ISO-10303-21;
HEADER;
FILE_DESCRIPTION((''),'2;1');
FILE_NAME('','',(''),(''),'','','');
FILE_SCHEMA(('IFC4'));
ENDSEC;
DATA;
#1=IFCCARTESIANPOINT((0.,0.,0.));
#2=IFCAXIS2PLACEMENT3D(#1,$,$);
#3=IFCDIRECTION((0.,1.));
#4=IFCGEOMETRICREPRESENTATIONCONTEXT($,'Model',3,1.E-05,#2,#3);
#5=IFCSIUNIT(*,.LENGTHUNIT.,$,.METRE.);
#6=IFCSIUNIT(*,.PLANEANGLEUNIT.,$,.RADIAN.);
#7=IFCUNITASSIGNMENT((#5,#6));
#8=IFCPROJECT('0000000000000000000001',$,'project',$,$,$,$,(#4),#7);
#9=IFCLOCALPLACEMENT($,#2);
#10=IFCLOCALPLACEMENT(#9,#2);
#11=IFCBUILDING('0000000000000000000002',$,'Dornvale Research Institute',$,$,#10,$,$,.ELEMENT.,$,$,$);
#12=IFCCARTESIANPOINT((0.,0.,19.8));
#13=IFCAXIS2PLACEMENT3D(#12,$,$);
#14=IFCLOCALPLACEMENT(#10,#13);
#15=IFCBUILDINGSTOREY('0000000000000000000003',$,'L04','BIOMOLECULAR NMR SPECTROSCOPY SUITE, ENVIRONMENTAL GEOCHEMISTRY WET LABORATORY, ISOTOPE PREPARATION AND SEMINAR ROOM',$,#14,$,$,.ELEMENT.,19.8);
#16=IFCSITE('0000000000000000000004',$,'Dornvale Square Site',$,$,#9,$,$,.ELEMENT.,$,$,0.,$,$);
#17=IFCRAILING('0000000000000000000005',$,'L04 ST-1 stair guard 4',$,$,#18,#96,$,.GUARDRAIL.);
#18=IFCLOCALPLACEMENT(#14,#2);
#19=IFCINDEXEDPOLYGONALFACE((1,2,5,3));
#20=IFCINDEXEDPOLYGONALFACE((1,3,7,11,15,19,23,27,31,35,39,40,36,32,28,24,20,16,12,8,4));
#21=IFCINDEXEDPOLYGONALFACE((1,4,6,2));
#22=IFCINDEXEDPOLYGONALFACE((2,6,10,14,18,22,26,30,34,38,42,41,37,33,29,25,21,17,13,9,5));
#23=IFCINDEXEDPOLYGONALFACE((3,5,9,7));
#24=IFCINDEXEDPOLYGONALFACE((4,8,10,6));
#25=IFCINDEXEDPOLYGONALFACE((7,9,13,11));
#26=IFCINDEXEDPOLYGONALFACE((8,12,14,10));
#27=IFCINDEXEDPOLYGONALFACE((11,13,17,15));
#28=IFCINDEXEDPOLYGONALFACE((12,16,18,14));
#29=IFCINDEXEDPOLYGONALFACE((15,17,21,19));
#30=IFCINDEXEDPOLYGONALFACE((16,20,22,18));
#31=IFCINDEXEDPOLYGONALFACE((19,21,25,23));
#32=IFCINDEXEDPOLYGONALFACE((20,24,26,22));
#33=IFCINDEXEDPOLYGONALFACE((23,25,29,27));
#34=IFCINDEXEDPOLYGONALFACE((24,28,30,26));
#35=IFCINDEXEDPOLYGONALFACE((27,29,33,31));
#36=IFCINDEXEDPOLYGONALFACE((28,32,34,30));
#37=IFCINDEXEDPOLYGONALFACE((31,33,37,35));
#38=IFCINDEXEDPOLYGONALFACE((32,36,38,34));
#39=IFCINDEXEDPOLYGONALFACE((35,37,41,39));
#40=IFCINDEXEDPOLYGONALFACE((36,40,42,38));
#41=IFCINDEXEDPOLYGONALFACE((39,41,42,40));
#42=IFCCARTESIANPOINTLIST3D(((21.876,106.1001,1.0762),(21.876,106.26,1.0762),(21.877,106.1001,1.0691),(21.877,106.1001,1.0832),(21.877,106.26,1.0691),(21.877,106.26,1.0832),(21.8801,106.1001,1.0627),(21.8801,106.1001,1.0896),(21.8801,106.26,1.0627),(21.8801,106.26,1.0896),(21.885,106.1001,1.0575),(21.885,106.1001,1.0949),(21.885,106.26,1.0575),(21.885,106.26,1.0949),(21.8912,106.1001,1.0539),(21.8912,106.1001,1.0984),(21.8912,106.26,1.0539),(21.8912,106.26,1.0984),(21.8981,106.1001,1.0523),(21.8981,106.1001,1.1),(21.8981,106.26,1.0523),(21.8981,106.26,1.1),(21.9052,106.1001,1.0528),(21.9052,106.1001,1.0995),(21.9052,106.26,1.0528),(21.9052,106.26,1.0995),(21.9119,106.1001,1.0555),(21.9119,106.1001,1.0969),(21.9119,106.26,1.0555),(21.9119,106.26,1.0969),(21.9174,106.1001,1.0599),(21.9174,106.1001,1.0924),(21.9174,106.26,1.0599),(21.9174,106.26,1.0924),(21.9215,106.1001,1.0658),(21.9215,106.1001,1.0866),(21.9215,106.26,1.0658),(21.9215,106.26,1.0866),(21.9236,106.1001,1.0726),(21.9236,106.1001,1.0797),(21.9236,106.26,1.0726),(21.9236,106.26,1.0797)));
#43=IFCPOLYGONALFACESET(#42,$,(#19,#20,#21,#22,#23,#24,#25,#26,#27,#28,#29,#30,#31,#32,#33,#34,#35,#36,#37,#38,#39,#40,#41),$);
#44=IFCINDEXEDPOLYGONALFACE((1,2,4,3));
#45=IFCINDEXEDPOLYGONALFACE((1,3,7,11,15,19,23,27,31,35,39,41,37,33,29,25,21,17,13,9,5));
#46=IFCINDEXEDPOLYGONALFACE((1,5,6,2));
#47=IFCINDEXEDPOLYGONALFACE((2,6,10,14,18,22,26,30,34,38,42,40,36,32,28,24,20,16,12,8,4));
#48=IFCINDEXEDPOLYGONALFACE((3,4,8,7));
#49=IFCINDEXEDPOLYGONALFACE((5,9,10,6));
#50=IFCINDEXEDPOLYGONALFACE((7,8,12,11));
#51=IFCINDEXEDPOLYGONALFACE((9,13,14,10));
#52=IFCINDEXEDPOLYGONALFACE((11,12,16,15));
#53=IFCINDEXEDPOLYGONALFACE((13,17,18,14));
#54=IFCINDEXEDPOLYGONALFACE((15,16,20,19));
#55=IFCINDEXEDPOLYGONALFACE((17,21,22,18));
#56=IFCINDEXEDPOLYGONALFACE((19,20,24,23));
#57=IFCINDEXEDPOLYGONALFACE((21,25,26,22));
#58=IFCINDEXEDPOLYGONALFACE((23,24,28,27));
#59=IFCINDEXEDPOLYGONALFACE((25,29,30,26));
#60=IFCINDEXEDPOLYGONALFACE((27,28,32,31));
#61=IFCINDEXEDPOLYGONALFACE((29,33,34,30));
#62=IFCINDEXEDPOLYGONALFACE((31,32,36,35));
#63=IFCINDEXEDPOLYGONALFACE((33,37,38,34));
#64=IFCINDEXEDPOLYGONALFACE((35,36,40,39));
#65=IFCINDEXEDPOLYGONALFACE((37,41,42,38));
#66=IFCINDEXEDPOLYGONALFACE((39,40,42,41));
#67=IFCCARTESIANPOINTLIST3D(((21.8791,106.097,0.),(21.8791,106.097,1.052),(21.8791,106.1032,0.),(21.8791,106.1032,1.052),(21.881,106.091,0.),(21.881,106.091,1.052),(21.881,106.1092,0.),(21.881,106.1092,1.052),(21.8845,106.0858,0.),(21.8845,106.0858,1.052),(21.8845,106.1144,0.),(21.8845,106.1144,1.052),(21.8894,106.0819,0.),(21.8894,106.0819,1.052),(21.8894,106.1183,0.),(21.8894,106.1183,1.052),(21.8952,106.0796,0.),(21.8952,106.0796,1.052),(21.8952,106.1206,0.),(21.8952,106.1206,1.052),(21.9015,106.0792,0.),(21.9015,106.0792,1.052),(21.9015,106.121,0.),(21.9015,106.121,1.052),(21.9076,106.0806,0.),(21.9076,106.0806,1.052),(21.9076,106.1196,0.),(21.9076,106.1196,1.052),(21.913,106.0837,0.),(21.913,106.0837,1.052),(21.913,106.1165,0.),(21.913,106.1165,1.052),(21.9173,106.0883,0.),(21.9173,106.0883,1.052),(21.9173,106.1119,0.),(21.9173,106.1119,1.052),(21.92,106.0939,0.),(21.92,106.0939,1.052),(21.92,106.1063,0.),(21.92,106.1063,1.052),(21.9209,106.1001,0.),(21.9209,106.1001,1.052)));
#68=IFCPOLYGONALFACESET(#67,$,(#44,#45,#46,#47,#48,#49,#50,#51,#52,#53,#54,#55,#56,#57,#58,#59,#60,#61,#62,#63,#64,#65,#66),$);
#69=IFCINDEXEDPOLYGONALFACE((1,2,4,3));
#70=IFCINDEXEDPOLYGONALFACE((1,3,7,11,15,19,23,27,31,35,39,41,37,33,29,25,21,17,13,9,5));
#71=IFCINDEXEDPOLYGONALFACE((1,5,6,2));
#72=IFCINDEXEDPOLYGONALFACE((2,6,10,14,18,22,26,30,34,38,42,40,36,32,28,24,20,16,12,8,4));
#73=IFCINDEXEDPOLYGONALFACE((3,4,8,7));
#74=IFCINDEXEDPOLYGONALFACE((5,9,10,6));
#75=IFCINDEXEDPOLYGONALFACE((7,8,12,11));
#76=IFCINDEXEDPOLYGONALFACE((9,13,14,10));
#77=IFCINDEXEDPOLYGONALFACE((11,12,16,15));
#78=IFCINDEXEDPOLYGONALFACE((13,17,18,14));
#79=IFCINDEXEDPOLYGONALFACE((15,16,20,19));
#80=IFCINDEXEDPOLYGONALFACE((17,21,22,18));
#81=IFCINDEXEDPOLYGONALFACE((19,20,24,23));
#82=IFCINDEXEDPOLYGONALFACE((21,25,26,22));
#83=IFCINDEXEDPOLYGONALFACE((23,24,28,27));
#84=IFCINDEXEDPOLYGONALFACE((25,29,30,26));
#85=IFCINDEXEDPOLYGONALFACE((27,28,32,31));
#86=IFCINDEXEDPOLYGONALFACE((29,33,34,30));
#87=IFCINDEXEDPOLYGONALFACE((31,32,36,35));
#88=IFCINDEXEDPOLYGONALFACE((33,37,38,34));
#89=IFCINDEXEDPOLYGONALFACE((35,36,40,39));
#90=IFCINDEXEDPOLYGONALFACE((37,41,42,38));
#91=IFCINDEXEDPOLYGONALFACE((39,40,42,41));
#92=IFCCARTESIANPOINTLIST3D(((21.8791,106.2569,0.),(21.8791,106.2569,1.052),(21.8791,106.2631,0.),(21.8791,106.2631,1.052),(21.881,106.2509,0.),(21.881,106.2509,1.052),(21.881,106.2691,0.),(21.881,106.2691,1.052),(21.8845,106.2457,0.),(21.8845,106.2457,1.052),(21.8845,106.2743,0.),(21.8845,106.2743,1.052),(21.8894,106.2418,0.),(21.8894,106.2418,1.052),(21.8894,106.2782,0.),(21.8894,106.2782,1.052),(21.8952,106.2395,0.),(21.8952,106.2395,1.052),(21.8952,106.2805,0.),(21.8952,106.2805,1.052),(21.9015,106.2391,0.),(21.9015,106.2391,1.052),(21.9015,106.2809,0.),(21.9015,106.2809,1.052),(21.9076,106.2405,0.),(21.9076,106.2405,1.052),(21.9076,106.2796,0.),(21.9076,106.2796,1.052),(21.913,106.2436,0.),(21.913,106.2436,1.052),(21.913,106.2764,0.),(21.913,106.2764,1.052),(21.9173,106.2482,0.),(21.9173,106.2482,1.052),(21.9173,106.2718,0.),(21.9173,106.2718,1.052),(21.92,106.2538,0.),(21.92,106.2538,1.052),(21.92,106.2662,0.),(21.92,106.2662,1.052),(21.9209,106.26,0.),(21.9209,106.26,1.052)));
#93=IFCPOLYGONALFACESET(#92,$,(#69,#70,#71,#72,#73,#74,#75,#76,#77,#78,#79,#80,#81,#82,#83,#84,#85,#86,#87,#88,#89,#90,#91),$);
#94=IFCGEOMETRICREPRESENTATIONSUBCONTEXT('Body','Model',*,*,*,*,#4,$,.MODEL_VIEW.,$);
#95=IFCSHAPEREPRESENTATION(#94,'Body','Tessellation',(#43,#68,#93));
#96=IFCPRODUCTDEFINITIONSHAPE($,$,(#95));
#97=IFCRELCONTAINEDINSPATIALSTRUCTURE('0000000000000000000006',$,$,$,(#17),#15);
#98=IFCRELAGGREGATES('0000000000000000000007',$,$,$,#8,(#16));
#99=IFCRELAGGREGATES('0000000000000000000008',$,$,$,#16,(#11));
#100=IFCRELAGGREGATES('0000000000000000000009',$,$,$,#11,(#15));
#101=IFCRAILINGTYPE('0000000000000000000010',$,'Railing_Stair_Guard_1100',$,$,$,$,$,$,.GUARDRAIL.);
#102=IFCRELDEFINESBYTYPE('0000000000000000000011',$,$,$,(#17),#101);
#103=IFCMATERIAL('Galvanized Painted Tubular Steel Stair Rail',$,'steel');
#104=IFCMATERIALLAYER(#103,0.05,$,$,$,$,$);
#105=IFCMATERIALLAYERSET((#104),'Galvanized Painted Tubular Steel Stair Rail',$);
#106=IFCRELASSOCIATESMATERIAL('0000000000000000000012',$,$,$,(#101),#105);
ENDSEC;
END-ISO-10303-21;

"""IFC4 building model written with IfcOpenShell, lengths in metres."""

from ifc_helpers import new_model, si_unit, direction, frame, origin, origin_2d, place, context, subcontext, project, spatial, circle, extrude, material, layer, layer_set, type_object, element, save


model = new_model("IFC4")

# Units and contexts
model_context = context("Model", 3, precision=1e-05, world=origin(), true_north=direction((0.0, 1.0)))
body_context = subcontext(model_context, "Body", "Model", "MODEL_VIEW")
ifc_project = project(units=[si_unit("LENGTHUNIT", "METRE"), si_unit("PLANEANGLEUNIT", "RADIAN")], contexts=[model_context])

# Site, building, storey
site_placement = place(None, origin())
site = spatial("IfcSite", under=ifc_project, at=site_placement, Name="Dornvale Square Site", CompositionType="ELEMENT", RefElevation=0.0)
building_placement = place(site_placement, origin())
building = spatial("IfcBuilding", under=site, at=building_placement, Name="Dornvale Research Institute", CompositionType="ELEMENT")
storey_placement = place(building_placement, frame((0.0, 0.0, 19.8)))
storey = spatial("IfcBuildingStorey", under=building, at=storey_placement, Name="L04", Description="BIOMOLECULAR NMR SPECTROSCOPY SUITE, ENVIRONMENTAL GEOCHEMISTRY WET LABORATORY, ISOTOPE PREPARATION AND SEMINAR ROOM", CompositionType="ELEMENT", Elevation=19.8)

# Railing
ifc_material_1 = material(Name="Galvanized Painted Tubular Steel Stair Rail", Category="steel")
ifc_layer_1 = layer(ifc_material_1, 0.05)
ifc_layer_set_1 = layer_set([ifc_layer_1], Name="Galvanized Painted Tubular Steel Stair Rail")
railing_type_1 = type_object("IfcRailingType", Name="Railing_Stair_Guard_1100", PredefinedType="GUARDRAIL", material=ifc_layer_set_1)
railing_1_placement = place(storey_placement, frame((21.8999, 106.1001, 0.0)))
element("IfcRailing", 1, at=railing_1_placement, inside=storey, type_object=railing_type_1, Name="L04 ST-1 stair guard 4", PredefinedType="GUARDRAIL", context=body_context, shape_type="SweptSolid", body=[
    extrude(circle(Radius=0.0239, at=origin_2d()), frame((0.0, 0.0, 1.0762), z_axis=(0.0, 1.0, 0.0), x_axis=(-1.0, 0.0, 0.0)), (0.0, 0.0, 1.0), 0.1599),
    extrude(circle(Radius=0.021, at=origin_2d()), origin(), (0.0, 0.0, 1.0), 1.052),
    extrude(circle(Radius=0.021, at=origin_2d()), frame((0.0, 0.1599, 0.0)), (0.0, 0.0, 1.0), 1.052),
])

save(model, "model.ifc")
